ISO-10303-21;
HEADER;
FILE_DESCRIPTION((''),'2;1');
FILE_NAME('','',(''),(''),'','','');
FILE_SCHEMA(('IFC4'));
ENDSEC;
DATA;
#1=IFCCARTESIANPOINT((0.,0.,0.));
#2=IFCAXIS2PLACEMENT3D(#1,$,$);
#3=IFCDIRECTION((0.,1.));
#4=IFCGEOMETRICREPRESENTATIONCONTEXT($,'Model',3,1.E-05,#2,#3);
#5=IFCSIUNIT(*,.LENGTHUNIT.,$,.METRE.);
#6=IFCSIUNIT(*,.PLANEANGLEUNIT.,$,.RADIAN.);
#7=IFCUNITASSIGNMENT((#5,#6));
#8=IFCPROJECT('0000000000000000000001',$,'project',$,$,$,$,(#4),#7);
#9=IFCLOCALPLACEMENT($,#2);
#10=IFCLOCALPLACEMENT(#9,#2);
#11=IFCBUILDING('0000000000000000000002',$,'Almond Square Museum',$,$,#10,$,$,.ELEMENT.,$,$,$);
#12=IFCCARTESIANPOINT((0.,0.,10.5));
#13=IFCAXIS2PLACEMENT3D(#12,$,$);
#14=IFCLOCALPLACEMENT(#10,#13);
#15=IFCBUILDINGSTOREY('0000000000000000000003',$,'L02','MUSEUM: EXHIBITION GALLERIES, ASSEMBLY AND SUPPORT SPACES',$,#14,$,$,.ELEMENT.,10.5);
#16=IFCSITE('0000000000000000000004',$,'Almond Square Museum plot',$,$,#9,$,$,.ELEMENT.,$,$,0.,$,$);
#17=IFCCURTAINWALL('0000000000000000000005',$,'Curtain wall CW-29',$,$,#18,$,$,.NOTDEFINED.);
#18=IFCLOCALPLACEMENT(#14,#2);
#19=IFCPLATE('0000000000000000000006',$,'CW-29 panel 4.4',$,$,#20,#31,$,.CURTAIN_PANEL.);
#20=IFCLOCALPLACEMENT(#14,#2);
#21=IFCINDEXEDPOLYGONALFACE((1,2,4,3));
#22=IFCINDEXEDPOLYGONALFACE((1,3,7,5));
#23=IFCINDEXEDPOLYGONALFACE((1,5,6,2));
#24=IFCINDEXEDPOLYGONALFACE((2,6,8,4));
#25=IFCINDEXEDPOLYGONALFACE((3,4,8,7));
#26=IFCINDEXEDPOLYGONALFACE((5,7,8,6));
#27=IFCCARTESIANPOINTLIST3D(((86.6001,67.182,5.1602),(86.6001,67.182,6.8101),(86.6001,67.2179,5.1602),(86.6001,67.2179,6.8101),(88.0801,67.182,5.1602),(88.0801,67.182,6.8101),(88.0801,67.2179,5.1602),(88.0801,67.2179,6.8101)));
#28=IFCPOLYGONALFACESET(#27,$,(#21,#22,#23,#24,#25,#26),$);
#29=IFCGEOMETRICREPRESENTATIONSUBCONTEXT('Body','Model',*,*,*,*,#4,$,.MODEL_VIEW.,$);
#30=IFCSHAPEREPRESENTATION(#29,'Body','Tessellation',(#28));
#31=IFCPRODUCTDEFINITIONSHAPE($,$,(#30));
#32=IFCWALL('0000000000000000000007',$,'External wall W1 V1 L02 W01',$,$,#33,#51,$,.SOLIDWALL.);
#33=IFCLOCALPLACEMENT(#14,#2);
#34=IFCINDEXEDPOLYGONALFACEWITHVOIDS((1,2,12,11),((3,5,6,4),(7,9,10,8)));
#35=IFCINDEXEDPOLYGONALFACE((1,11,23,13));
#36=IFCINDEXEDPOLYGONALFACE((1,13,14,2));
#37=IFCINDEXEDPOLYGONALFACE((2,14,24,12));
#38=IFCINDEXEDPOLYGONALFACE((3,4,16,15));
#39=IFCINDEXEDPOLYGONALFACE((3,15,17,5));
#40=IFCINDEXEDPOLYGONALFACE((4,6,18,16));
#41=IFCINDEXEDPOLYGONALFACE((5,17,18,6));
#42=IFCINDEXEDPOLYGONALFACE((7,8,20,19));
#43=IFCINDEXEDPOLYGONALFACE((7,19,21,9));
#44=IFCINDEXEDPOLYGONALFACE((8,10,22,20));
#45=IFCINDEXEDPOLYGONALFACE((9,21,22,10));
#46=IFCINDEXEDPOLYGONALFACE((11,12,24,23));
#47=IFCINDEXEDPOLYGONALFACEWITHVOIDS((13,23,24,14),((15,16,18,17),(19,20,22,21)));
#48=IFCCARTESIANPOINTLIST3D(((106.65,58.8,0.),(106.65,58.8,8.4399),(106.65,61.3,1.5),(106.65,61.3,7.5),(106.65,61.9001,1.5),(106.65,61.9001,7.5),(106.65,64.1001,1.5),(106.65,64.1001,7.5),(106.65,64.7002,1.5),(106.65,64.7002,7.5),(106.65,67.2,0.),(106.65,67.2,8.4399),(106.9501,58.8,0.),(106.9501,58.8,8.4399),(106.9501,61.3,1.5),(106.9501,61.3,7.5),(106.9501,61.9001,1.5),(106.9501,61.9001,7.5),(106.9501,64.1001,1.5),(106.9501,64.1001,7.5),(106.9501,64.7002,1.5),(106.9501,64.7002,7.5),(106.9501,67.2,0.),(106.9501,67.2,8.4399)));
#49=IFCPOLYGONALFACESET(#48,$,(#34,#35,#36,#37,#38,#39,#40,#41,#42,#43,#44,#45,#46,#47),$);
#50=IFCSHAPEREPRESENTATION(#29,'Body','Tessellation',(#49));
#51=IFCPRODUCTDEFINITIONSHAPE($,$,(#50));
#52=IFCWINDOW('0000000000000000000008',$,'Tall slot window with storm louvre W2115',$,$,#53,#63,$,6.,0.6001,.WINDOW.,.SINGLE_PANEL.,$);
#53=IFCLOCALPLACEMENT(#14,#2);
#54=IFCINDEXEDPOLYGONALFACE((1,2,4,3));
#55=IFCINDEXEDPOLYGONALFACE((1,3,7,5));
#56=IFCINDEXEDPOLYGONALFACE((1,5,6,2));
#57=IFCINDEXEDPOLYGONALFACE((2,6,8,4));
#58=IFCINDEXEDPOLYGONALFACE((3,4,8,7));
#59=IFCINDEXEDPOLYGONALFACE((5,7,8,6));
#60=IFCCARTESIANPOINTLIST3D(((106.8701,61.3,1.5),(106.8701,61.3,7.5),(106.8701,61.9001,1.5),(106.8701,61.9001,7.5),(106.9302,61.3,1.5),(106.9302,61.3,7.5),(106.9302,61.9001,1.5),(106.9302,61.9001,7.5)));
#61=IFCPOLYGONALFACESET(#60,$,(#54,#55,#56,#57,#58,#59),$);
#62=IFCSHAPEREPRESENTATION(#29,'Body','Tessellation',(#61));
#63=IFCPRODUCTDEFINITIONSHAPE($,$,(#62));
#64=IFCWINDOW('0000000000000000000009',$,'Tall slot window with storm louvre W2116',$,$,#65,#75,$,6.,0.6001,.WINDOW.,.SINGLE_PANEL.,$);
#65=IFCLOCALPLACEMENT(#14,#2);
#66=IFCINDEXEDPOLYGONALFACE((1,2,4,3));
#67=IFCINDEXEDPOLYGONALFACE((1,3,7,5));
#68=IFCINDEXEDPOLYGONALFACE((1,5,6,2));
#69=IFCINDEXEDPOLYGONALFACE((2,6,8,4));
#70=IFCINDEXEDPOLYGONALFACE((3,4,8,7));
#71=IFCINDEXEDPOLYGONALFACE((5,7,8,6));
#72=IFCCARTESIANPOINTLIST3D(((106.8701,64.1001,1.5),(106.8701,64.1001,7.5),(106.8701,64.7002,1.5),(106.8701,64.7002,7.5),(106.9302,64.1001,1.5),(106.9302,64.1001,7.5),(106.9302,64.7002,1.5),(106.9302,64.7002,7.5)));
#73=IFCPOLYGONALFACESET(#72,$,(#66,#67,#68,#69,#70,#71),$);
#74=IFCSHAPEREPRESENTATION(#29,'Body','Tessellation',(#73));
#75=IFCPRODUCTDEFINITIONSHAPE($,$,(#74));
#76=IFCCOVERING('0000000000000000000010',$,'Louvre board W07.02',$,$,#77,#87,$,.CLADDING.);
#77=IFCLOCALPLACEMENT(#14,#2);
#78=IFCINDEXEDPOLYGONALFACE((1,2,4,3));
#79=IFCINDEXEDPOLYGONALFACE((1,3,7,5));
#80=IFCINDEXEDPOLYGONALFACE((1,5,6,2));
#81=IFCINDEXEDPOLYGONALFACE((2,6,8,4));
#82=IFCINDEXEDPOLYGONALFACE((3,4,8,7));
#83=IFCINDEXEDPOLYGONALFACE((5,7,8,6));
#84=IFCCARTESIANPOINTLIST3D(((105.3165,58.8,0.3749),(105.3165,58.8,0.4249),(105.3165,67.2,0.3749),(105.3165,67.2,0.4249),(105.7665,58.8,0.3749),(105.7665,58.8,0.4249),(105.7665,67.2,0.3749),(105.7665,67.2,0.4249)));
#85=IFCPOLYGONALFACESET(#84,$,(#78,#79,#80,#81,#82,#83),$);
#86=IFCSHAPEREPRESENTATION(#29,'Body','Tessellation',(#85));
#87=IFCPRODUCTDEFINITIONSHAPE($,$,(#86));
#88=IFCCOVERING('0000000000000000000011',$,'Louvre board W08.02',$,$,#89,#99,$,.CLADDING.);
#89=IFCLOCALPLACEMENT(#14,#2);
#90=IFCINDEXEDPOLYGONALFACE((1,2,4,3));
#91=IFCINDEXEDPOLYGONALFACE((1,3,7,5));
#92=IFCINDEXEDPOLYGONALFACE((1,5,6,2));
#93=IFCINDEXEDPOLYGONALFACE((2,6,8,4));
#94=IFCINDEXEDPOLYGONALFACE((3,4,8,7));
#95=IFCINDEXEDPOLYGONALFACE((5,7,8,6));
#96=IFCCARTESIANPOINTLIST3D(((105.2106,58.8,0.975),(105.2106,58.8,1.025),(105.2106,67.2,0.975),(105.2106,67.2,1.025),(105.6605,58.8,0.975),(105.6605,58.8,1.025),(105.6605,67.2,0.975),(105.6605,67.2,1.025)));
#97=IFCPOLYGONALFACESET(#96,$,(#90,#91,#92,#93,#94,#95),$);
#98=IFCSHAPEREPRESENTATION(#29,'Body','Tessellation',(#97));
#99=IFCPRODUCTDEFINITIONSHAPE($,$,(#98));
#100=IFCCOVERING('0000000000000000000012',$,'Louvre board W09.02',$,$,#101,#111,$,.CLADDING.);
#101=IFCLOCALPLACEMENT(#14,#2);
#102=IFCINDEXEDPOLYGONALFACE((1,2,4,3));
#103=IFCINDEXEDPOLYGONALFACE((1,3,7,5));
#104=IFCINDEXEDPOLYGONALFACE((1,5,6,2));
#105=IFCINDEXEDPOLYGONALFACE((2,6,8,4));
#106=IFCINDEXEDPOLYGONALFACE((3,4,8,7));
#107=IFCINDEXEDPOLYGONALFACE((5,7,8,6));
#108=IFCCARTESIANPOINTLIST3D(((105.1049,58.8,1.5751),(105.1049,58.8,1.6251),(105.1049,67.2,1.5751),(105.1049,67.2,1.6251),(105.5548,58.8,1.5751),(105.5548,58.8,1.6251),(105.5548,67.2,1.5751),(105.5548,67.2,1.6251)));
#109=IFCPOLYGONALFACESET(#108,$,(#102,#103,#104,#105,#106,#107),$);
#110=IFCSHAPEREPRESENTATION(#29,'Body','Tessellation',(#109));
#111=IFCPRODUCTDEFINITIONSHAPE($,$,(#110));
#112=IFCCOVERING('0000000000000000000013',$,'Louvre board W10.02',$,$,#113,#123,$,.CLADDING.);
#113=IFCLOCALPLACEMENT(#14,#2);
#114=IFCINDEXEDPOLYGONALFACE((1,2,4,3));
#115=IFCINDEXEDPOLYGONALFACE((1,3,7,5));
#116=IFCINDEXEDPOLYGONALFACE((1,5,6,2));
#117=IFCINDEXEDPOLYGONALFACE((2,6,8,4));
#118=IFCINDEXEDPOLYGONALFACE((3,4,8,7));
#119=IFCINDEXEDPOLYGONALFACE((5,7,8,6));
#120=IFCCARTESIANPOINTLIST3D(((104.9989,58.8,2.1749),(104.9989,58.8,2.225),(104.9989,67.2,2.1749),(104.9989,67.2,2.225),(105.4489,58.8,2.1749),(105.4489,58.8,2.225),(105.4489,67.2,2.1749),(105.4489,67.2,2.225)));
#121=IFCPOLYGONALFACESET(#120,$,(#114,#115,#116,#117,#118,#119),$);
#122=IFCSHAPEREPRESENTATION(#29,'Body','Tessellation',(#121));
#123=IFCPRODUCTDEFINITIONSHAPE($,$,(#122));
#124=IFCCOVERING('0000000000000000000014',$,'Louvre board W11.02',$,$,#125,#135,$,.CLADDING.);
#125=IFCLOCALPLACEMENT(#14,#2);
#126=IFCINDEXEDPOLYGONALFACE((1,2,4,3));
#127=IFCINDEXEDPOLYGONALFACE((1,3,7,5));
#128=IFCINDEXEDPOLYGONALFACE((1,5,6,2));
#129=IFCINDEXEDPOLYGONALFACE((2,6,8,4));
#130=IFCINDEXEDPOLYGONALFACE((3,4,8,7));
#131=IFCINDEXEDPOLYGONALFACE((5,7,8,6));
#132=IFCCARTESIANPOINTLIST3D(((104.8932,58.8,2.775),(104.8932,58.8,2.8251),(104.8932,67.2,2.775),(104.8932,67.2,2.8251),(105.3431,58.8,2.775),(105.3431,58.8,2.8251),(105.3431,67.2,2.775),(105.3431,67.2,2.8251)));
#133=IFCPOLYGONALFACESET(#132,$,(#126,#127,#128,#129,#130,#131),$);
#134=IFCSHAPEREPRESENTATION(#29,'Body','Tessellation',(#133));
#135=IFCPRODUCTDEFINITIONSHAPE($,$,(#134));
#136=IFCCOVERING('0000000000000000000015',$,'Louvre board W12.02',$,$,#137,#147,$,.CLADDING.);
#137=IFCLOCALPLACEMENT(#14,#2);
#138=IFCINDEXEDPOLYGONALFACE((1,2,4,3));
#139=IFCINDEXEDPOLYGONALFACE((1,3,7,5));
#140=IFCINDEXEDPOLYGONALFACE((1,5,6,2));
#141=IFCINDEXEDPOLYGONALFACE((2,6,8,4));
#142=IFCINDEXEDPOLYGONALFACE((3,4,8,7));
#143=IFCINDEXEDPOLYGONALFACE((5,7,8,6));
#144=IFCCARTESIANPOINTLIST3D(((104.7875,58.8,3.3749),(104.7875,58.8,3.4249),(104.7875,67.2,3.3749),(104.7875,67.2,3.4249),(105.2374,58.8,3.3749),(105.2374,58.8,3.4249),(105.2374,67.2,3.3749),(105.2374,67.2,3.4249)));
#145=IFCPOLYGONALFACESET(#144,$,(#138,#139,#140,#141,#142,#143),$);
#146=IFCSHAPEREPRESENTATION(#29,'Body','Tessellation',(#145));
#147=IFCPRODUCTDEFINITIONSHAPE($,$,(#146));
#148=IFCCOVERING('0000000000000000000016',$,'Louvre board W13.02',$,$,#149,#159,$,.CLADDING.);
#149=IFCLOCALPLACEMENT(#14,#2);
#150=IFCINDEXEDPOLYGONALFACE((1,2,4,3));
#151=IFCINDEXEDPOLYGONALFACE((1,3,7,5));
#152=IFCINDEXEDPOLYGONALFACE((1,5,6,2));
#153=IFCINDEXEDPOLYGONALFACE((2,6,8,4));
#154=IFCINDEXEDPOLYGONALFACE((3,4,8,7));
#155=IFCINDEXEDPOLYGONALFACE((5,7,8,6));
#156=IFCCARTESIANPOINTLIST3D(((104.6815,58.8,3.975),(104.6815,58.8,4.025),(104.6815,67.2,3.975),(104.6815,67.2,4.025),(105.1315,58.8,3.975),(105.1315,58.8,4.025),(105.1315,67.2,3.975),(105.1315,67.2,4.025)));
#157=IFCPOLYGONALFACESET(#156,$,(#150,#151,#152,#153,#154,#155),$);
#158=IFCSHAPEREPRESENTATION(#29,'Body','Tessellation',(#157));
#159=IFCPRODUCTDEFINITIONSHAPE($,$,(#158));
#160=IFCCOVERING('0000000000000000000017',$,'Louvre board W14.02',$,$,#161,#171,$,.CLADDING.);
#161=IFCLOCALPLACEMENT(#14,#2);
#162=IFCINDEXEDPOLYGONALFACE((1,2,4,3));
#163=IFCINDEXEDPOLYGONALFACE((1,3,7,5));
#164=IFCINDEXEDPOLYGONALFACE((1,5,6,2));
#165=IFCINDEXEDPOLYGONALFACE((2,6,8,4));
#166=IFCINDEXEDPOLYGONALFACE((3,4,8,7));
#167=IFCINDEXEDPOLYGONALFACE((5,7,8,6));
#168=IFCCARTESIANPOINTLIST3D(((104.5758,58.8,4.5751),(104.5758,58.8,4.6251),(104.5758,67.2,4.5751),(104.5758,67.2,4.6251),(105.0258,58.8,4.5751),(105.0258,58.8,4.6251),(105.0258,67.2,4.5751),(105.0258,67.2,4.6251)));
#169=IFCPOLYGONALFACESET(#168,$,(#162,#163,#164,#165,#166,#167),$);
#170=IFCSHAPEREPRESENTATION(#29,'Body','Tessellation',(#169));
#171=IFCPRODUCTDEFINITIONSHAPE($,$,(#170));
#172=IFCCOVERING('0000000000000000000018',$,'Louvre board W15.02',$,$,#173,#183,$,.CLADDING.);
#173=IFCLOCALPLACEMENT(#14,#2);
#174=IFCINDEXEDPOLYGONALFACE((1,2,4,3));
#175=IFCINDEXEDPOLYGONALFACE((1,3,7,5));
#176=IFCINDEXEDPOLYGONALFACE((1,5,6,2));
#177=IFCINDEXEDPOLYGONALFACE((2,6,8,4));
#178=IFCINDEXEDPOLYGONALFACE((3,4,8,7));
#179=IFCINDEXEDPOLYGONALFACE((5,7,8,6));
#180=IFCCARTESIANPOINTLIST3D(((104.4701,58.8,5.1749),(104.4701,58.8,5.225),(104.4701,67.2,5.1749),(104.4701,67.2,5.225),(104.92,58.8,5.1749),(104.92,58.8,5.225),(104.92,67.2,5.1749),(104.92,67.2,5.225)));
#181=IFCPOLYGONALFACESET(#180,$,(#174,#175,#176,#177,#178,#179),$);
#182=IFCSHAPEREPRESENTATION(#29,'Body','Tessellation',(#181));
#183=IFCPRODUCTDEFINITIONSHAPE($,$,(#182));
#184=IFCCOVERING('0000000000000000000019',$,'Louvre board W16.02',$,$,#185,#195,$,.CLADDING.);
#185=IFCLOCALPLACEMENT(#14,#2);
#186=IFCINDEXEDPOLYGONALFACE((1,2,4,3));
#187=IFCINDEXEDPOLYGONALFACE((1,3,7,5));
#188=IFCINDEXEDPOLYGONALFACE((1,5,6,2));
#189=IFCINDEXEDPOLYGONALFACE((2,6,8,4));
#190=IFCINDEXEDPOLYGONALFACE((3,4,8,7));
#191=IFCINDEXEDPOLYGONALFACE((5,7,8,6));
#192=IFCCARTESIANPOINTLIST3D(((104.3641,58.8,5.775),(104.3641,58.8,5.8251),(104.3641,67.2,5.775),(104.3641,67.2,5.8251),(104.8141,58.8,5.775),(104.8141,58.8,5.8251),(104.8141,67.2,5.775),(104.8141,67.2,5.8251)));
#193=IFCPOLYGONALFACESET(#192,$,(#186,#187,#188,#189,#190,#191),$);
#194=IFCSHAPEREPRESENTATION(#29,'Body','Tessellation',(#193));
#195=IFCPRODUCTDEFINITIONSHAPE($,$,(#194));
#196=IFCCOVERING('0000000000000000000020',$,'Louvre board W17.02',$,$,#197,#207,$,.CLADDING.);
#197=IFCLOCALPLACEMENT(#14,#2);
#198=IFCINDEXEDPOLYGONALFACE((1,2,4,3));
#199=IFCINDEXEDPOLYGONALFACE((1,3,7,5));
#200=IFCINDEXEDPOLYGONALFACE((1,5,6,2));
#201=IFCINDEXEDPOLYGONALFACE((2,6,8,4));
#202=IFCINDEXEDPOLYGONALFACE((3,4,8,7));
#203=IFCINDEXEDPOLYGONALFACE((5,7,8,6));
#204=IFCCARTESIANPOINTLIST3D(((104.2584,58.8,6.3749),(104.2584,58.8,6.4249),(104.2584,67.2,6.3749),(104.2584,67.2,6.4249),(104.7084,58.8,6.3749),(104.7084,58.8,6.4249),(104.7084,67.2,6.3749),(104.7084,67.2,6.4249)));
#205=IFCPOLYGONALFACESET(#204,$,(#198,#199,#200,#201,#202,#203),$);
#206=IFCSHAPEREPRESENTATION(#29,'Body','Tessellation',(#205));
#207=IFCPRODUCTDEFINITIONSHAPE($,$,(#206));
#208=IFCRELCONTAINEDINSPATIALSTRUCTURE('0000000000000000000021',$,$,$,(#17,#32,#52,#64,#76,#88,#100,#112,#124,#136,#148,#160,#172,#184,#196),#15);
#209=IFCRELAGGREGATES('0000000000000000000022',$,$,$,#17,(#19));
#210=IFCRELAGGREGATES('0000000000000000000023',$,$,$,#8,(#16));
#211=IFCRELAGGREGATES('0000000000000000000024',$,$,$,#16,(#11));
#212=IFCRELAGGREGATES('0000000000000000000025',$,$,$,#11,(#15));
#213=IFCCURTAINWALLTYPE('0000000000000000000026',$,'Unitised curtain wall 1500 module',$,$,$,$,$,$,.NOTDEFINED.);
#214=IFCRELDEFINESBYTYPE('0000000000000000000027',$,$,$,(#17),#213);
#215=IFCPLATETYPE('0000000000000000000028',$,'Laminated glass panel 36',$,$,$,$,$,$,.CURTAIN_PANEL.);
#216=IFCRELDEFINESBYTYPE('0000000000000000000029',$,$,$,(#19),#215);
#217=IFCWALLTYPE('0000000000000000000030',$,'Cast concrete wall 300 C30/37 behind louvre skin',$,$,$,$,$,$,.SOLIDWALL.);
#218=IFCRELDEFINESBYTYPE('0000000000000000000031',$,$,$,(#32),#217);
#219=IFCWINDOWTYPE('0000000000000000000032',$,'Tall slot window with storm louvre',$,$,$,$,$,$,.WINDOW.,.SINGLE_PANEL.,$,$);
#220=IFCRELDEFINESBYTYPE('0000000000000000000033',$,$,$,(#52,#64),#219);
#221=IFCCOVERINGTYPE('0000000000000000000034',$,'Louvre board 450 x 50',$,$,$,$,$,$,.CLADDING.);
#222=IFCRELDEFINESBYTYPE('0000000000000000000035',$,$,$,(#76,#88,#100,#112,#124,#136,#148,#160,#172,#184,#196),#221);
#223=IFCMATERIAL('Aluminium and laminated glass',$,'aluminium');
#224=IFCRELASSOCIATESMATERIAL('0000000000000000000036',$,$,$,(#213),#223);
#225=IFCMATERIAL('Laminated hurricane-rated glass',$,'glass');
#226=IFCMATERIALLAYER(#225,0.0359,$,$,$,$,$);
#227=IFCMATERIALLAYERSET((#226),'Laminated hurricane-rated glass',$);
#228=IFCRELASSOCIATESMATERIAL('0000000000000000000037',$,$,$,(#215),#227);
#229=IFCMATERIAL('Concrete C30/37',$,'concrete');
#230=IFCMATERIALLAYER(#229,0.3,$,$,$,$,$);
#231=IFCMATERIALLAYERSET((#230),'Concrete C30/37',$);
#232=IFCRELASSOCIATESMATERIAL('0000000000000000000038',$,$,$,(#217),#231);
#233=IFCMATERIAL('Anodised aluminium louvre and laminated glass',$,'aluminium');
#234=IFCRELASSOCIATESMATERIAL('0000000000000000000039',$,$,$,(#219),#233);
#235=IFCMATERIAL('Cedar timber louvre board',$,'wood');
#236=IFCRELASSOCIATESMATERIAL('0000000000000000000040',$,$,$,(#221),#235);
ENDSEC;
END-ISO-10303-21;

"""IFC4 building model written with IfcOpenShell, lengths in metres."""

from ifc_helpers import new_model, si_unit, direction, frame, frame_2d, origin, origin_2d, place, context, subcontext, project, spatial, rectangle, extrude, material, layer, layer_set, material_profile, profile_set, type_object, element, fill, aggregate, save


model = new_model("IFC4")

# Units and contexts
model_context = context("Model", 3, precision=1e-05, world=origin(), true_north=direction((0.0, 1.0)))
body_context = subcontext(model_context, "Body", "Model", "MODEL_VIEW")
ifc_project = project(units=[si_unit("LENGTHUNIT", "METRE"), si_unit("PLANEANGLEUNIT", "RADIAN")], contexts=[model_context])

# Site, building, storey
site_placement = place(None, origin())
site = spatial("IfcSite", under=ifc_project, at=site_placement, Name="Almond Square Museum plot", CompositionType="ELEMENT", RefElevation=0.0)
building_placement = place(site_placement, origin())
building = spatial("IfcBuilding", under=site, at=building_placement, Name="Almond Square Museum", CompositionType="ELEMENT")
storey_placement = place(building_placement, frame((0.0, 0.0, 10.5)))
storey = spatial("IfcBuildingStorey", under=building, at=storey_placement, Name="L02", Description="MUSEUM: EXHIBITION GALLERIES, ASSEMBLY AND SUPPORT SPACES", CompositionType="ELEMENT", Elevation=10.5)

# Curtain wall
ifc_material_1 = material(Name="Aluminium and laminated glass", Category="aluminium")
curtain_wall_type = type_object("IfcCurtainWallType", Name="Unitised curtain wall 1500 module", PredefinedType="NOTDEFINED", material=ifc_material_1)
curtain_wall_placement = place(storey_placement, origin())
curtain_wall = element("IfcCurtainWall", 1, at=curtain_wall_placement, inside=storey, type_object=curtain_wall_type, Name="Curtain wall CW-29", PredefinedType="NOTDEFINED")

# Plate
ifc_material_2 = material(Name="Laminated hurricane-rated glass", Category="glass")
ifc_layer_1 = layer(ifc_material_2, 0.0359)
ifc_layer_set_1 = layer_set([ifc_layer_1], Name="Laminated hurricane-rated glass")
plate_type = type_object("IfcPlateType", Name="Laminated glass panel 36", PredefinedType="CURTAIN_PANEL", material=ifc_layer_set_1)
plate_1_placement = place(storey_placement, frame((87.3401, 67.2, 5.1602), z_axis=(0.0, 0.0, 1.0), x_axis=(1.0, 0.0, 0.0)))
plate_1 = element("IfcPlate", 2, at=plate_1_placement, type_object=plate_type, Name="CW-29 panel 4.4", PredefinedType="CURTAIN_PANEL", context=body_context, shape_type="SweptSolid", body=[
    extrude(rectangle(XDim=1.48, YDim=0.0359, at=origin_2d()), origin(), (0.0, 0.0, 1.0), 1.6499),
])
aggregate(curtain_wall, [plate_1])

# Wall, openings, windows
ifc_material_3 = material(Name="Concrete C30/37", Category="concrete")
ifc_layer_2 = layer(ifc_material_3, 0.3)
ifc_layer_set_2 = layer_set([ifc_layer_2], Name="Concrete C30/37")
wall_type = type_object("IfcWallType", Name="Cast concrete wall 300 C30/37 behind louvre skin", PredefinedType="SOLIDWALL", material=ifc_layer_set_2)
wall_placement = place(storey_placement, frame((106.8, 58.8, 0.0), z_axis=(0.0, 0.0, 1.0), x_axis=(0.0, 1.0, 0.0)))
wall = element("IfcWall", 3, at=wall_placement, inside=storey, type_object=wall_type, Name="External wall W1 V1 L02 W01", PredefinedType="SOLIDWALL", context=body_context, shape_type="SweptSolid", body=[
    extrude(rectangle(XDim=8.3999, YDim=0.3, at=frame_2d((4.2, 0.0))), origin(), (0.0, 0.0, 1.0), 8.4399),
])
opening_1_placement = place(wall_placement, frame((2.5, 0.0, 1.5)))
opening_1 = element("IfcOpeningElement", 4, at=opening_1_placement, cuts=wall, PredefinedType="OPENING", context=body_context, shape_type="SweptSolid", body=[
    extrude(rectangle(XDim=0.6001, YDim=6.0, at=frame_2d((0.3, 3.0))), frame((0.0, 0.1599, 0.0), z_axis=(0.0, -1.0, 0.0), x_axis=(1.0, 0.0, 0.0)), (0.0, 0.0, 1.0), 0.3201),
])
opening_2_placement = place(wall_placement, frame((5.3, 0.0, 1.5)))
opening_2 = element("IfcOpeningElement", 5, at=opening_2_placement, cuts=wall, PredefinedType="OPENING", context=body_context, shape_type="SweptSolid", body=[
    extrude(rectangle(XDim=0.6001, YDim=6.0, at=frame_2d((0.3, 3.0))), frame((0.0, 0.1599, 0.0), z_axis=(0.0, -1.0, 0.0), x_axis=(1.0, 0.0, 0.0)), (0.0, 0.0, 1.0), 0.3201),
])
ifc_material_4 = material(Name="Anodised aluminium louvre and laminated glass", Category="aluminium")
window_type = type_object("IfcWindowType", Name="Tall slot window with storm louvre", PartitioningType="SINGLE_PANEL", PredefinedType="WINDOW", material=ifc_material_4)
window_1_placement = place(opening_1_placement, origin())
window_1 = element("IfcWindow", 6, at=window_1_placement, inside=storey, type_object=window_type, Name="Tall slot window with storm louvre W2115", OverallHeight=6.0, OverallWidth=0.6001, PartitioningType="SINGLE_PANEL", PredefinedType="WINDOW", context=body_context, shape_type="SweptSolid", body=[
    extrude(rectangle(XDim=0.6001, YDim=6.0, at=frame_2d((0.3, 3.0))), frame((0.0, -0.0701, 0.0), z_axis=(0.0, -1.0, 0.0), x_axis=(1.0, 0.0, 0.0)), (0.0, 0.0, 1.0), 0.0601),
])
fill(opening_1, window_1)
window_2_placement = place(opening_2_placement, origin())
window_2 = element("IfcWindow", 7, at=window_2_placement, inside=storey, type_object=window_type, Name="Tall slot window with storm louvre W2116", OverallHeight=6.0, OverallWidth=0.6001, PartitioningType="SINGLE_PANEL", PredefinedType="WINDOW", context=body_context, shape_type="SweptSolid", body=[
    extrude(rectangle(XDim=0.6001, YDim=6.0, at=frame_2d((0.3, 3.0))), frame((0.0, -0.0701, 0.0), z_axis=(0.0, -1.0, 0.0), x_axis=(1.0, 0.0, 0.0)), (0.0, 0.0, 1.0), 0.0601),
])
fill(opening_2, window_2)

# Coverings
ifc_material_5 = material(Name="Cedar timber louvre board", Category="wood")
ifc_material_profile_1 = material_profile(ifc_material_5, rectangle(XDim=0.45, YDim=0.05, at=origin_2d()))
ifc_profile_set_1 = profile_set([ifc_material_profile_1], Name="Cedar timber louvre board")
covering_type_1 = type_object("IfcCoveringType", Name="Louvre board 450 x 50", PredefinedType="CLADDING", material=ifc_profile_set_1)
for number, where, z_axis, x_axis, name in (
    (8, (105.5415, 58.8, 0.3999), (0.0, 1.0, 0.0), (-1.0, 0.0, 0.0), "Louvre board W07.02"),
    (9, (105.4355, 58.8, 1.0), (0.0, 1.0, 0.0), (-1.0, 0.0, 0.0), "Louvre board W08.02"),
    (10, (105.3298, 58.8, 1.6001), (0.0, 1.0, 0.0), (-1.0, 0.0, 0.0), "Louvre board W09.02"),
    (11, (105.2239, 58.8, 2.2), (0.0, 1.0, 0.0), (-1.0, 0.0, 0.0), "Louvre board W10.02"),
    (12, (105.1182, 58.8, 2.8), (0.0, 1.0, 0.0), (-1.0, 0.0, 0.0), "Louvre board W11.02"),
    (13, (105.0125, 58.8, 3.3999), (0.0, 1.0, 0.0), (-1.0, 0.0, 0.0), "Louvre board W12.02"),
    (14, (104.9065, 58.8, 4.0), (0.0, 1.0, 0.0), (-1.0, 0.0, 0.0), "Louvre board W13.02"),
    (15, (104.8008, 58.8, 4.6001), (0.0, 1.0, 0.0), (-1.0, 0.0, 0.0), "Louvre board W14.02"),
    (16, (104.6951, 58.8, 5.2), (0.0, 1.0, 0.0), (-1.0, 0.0, 0.0), "Louvre board W15.02"),
    (17, (104.5891, 58.8, 5.8), (0.0, 1.0, 0.0), (-1.0, 0.0, 0.0), "Louvre board W16.02"),
    (18, (104.4834, 58.8, 6.3999), (0.0, 1.0, 0.0), (-1.0, 0.0, 0.0), "Louvre board W17.02"),
):
    element("IfcCovering", number, at=place(storey_placement, frame(where, z_axis=z_axis, x_axis=x_axis)), inside=storey, type_object=covering_type_1, Name=name, PredefinedType="CLADDING", context=body_context, shape_type="SweptSolid", body=[
        extrude(rectangle(XDim=0.45, YDim=0.05, at=origin_2d()), origin(), (0.0, 0.0, 1.0), 8.3999),
    ])

save(model, "model.ifc")
